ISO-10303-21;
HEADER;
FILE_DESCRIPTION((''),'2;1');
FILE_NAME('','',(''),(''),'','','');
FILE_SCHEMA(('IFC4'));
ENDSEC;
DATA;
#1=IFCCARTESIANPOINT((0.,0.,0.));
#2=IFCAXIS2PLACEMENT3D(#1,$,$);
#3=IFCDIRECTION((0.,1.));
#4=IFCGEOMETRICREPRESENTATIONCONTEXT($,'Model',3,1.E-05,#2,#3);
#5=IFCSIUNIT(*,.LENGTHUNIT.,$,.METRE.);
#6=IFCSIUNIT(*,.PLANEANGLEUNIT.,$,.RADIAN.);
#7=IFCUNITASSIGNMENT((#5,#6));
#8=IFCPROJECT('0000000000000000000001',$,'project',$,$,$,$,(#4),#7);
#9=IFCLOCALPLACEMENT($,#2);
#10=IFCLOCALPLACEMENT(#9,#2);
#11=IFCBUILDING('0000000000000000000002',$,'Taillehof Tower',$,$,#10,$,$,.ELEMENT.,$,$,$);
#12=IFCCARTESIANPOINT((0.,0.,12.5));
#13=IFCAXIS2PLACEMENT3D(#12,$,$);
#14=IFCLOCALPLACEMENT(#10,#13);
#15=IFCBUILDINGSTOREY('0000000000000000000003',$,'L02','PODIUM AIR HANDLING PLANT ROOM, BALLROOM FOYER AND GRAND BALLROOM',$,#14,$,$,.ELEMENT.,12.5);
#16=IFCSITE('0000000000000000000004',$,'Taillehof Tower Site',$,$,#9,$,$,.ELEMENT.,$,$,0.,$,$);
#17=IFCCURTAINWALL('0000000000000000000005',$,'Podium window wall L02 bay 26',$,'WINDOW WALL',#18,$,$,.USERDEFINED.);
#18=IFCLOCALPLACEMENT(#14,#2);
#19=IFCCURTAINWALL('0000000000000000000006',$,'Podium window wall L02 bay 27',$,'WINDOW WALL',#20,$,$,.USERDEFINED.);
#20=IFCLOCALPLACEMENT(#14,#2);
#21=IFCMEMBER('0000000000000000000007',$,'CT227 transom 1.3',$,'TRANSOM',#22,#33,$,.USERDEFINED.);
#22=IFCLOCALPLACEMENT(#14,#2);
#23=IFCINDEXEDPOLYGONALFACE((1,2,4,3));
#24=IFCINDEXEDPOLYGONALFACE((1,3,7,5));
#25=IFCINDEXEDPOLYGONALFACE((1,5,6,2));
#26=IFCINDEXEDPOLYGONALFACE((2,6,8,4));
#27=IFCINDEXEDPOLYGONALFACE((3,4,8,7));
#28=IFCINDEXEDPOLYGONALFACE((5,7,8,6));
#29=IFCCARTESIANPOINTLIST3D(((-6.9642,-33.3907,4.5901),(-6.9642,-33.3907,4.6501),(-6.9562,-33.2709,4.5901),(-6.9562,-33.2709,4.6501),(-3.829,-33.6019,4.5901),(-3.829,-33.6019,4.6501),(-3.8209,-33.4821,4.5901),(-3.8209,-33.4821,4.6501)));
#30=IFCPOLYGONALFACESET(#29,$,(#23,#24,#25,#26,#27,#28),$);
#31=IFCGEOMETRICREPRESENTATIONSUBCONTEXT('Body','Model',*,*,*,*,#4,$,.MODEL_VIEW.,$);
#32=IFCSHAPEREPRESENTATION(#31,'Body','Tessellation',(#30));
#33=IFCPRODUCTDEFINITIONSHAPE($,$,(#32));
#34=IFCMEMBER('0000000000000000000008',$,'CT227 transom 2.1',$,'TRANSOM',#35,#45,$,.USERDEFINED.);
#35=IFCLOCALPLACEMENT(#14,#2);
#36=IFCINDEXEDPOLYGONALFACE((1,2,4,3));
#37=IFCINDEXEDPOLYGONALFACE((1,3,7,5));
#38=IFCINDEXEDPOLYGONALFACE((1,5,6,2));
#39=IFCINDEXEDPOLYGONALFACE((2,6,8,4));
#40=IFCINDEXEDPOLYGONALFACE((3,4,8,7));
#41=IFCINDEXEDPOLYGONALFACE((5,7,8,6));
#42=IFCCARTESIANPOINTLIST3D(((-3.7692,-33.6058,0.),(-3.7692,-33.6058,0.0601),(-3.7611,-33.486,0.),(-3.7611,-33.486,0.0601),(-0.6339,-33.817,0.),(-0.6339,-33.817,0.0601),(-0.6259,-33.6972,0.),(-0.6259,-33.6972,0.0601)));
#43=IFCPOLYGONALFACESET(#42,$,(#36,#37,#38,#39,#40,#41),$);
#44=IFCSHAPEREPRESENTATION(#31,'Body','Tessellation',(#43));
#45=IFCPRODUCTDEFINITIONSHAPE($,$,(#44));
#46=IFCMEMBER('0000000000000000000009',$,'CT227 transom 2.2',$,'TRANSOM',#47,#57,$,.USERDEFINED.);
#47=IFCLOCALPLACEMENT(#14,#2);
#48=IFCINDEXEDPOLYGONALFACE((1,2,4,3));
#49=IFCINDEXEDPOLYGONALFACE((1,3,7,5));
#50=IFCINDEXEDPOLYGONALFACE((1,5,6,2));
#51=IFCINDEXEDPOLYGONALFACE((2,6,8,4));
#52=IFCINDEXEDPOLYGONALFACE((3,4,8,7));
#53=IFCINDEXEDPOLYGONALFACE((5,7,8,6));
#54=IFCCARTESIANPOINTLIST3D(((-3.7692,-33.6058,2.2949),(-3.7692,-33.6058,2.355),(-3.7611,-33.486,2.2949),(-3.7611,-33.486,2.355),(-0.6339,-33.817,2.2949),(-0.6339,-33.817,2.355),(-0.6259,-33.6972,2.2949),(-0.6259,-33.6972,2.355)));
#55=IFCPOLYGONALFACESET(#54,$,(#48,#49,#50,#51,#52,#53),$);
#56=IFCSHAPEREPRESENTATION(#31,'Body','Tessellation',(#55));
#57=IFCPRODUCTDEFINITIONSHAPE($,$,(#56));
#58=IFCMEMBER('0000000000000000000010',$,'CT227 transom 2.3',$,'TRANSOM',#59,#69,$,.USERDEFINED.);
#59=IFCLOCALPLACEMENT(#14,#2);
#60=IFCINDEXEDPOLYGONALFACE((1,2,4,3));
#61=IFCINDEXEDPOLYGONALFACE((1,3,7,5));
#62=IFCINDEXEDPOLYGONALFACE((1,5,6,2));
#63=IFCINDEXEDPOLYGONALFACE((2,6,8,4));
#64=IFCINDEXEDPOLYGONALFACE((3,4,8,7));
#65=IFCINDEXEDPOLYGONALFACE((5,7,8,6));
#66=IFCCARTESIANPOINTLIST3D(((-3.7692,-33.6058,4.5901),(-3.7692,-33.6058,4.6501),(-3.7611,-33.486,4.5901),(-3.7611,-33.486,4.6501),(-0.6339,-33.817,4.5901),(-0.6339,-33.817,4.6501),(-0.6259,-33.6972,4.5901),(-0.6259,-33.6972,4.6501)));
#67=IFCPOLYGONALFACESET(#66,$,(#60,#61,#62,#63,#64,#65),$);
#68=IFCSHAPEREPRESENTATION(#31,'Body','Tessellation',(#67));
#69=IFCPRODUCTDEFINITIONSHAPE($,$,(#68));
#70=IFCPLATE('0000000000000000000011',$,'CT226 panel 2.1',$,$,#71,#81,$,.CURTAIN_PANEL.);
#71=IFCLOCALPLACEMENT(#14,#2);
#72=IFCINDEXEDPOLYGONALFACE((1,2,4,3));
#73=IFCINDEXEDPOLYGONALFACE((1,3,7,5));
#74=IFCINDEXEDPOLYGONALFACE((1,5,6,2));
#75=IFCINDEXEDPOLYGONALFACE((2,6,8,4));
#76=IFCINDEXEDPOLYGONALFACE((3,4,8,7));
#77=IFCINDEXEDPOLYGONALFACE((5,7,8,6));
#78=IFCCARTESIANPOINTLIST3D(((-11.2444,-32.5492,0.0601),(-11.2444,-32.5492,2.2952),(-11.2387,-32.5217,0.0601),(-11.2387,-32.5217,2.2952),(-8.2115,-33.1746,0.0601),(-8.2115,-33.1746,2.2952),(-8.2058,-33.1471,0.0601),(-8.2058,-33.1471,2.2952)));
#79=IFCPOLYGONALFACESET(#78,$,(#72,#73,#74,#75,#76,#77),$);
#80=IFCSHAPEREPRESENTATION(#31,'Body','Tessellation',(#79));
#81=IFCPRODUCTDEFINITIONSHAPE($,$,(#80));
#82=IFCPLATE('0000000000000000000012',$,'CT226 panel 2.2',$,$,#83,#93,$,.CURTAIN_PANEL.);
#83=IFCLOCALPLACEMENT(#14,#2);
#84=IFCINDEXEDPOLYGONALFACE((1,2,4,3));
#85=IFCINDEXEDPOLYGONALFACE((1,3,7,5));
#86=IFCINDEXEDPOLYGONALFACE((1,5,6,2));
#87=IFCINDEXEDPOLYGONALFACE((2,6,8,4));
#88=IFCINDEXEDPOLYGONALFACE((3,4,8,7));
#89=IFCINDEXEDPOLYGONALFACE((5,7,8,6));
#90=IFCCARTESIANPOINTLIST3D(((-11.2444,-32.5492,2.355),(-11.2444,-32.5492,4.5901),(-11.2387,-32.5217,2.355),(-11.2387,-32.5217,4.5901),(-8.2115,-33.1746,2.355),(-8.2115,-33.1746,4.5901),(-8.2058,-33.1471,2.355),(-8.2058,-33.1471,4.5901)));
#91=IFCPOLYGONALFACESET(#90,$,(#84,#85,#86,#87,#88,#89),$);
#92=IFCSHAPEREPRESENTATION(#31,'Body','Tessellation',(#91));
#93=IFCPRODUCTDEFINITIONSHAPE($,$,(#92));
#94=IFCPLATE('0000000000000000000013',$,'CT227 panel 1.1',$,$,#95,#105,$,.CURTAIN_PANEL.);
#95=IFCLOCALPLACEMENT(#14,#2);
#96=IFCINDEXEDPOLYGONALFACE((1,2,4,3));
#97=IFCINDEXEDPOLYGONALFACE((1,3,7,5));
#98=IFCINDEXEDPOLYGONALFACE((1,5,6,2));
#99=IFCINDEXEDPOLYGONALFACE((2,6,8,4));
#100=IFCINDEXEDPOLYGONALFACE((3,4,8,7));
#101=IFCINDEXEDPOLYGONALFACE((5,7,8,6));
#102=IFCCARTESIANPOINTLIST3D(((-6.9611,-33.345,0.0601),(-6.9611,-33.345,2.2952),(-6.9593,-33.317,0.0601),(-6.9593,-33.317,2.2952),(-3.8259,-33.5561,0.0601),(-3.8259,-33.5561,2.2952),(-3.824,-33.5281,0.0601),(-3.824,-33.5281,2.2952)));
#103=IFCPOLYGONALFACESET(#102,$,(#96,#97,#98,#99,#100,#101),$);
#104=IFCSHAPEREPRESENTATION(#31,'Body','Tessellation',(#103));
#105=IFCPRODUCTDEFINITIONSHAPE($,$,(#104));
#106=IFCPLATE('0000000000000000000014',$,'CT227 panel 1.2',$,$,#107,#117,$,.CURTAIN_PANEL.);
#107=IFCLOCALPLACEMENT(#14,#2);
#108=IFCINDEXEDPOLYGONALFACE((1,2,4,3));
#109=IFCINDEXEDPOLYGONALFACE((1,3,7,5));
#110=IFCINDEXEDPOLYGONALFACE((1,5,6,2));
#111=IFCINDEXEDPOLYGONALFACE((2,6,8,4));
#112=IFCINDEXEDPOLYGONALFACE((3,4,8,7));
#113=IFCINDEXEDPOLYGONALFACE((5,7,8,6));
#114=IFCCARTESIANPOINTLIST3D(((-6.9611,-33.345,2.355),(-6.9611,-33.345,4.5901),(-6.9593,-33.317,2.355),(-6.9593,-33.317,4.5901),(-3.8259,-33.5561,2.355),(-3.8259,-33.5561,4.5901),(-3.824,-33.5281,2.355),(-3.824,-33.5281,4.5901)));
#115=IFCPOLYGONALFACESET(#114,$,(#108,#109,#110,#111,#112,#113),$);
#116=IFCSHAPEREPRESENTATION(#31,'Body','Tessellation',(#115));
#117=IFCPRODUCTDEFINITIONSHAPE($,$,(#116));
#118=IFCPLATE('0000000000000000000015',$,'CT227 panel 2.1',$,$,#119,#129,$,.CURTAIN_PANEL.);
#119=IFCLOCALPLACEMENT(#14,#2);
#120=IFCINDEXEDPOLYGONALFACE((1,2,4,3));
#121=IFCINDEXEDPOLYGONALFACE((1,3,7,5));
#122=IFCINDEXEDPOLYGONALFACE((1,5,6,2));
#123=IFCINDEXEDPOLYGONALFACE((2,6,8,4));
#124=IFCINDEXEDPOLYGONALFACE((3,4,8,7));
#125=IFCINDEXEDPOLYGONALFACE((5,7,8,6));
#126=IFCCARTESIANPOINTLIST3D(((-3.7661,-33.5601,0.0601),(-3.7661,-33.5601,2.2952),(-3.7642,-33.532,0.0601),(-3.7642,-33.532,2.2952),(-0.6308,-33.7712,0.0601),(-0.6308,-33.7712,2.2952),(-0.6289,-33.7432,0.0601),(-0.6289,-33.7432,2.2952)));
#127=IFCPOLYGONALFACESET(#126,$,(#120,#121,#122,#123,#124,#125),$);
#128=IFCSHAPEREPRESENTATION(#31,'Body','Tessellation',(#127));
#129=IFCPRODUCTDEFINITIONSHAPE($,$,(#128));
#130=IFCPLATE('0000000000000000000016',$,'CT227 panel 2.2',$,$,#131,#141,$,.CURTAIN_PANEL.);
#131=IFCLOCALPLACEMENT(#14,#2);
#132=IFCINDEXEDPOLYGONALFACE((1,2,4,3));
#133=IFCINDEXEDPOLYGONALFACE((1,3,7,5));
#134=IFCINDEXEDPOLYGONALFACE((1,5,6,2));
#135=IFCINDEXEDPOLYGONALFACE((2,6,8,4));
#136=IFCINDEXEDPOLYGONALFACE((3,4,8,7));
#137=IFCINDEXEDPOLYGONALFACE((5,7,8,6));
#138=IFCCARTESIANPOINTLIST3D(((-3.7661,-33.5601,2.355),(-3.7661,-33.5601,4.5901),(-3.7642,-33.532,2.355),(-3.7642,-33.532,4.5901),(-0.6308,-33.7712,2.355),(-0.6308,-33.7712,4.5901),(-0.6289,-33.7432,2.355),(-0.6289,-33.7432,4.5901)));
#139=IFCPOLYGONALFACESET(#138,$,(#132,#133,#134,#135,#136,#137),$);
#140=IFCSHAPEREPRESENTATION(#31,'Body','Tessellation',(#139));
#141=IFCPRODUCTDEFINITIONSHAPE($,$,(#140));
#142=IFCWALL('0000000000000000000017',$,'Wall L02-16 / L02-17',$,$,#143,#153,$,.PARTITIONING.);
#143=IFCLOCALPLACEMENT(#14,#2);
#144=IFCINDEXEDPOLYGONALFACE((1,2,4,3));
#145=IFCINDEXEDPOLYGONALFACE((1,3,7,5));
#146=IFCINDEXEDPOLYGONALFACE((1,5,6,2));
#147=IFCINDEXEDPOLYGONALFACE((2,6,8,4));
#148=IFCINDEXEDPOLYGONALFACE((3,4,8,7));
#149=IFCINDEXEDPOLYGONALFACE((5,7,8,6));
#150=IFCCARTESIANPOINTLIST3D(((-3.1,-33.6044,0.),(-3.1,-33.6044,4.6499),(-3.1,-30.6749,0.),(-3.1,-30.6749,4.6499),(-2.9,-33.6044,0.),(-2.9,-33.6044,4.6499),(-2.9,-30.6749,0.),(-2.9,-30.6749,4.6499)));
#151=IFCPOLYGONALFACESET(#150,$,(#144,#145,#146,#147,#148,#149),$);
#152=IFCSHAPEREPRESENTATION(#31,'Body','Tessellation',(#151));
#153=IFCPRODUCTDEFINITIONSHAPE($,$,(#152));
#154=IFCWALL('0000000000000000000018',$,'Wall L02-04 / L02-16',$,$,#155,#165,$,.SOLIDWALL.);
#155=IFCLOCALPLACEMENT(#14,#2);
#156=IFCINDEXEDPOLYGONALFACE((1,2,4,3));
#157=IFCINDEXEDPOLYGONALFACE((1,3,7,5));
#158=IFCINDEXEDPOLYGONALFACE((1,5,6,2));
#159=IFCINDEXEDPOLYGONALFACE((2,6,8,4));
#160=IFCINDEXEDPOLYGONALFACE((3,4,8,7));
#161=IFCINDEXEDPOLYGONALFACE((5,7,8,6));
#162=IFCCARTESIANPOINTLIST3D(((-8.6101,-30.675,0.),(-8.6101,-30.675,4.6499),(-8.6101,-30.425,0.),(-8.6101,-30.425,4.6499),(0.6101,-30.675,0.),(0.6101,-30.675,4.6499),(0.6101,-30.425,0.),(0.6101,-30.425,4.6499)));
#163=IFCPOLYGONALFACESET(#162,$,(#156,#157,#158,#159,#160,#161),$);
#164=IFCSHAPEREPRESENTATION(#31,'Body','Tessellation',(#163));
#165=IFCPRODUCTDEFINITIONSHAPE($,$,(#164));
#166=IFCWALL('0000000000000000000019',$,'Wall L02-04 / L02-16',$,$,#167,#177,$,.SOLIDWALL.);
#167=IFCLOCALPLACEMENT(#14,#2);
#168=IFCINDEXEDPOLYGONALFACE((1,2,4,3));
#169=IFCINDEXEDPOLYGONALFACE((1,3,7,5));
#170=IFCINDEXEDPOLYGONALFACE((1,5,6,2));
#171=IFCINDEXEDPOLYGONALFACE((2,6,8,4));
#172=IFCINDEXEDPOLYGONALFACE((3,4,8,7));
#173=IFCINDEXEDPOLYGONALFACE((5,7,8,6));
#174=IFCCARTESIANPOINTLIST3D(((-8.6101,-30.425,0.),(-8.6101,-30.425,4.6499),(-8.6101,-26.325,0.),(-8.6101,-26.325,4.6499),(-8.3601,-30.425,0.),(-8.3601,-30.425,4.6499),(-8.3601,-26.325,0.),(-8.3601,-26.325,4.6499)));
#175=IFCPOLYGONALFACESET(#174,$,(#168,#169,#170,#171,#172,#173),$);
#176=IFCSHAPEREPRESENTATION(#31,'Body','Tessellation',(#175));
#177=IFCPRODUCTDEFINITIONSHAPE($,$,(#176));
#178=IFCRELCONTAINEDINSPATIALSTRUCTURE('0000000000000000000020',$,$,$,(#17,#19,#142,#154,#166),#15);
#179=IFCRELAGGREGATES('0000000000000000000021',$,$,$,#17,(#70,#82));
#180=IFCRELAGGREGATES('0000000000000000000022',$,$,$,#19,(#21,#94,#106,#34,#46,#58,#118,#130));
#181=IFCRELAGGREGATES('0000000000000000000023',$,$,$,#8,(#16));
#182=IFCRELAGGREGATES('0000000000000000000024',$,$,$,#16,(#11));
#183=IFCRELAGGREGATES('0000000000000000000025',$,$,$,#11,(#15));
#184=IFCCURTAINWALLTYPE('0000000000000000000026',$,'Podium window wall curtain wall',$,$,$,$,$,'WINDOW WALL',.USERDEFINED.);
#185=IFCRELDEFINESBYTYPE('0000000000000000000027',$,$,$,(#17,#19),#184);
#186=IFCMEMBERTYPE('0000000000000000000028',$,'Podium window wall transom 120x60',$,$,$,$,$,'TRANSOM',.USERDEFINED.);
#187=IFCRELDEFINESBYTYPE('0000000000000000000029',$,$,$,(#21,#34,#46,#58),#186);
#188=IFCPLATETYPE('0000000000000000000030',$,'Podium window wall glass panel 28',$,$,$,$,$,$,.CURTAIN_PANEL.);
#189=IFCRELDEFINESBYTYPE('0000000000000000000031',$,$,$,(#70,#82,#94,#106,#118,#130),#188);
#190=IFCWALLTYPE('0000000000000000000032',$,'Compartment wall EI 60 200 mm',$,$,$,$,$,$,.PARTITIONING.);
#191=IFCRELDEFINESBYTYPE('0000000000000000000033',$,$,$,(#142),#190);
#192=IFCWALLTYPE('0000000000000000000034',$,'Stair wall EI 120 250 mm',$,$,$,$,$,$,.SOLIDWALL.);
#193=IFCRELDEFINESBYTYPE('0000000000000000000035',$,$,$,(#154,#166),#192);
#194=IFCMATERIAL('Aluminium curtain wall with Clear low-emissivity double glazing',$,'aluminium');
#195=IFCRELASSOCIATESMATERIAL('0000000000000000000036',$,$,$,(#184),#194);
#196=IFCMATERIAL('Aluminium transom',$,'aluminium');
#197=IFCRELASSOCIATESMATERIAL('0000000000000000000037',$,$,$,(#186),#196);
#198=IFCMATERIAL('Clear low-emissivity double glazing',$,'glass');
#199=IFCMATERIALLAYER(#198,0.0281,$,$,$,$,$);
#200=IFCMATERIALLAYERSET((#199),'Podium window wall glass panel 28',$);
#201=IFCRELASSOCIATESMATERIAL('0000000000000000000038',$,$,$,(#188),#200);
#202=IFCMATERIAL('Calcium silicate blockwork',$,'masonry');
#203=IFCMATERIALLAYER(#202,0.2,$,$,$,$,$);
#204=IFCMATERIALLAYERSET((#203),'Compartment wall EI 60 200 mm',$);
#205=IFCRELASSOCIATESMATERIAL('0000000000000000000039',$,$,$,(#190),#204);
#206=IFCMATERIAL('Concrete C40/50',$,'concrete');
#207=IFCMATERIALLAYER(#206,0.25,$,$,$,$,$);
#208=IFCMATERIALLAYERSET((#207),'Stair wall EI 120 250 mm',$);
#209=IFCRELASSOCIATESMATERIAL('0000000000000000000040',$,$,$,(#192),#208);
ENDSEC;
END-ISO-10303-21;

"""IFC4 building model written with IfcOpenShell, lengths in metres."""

from ifc_helpers import new_model, si_unit, direction, frame, frame_2d, origin, origin_2d, place, context, subcontext, project, spatial, rectangle, extrude, material, layer, layer_set, material_profile, profile_set, type_object, element, aggregate, save


model = new_model("IFC4")

# Units and contexts
model_context = context("Model", 3, precision=1e-05, world=origin(), true_north=direction((0.0, 1.0)))
body_context = subcontext(model_context, "Body", "Model", "MODEL_VIEW")
ifc_project = project(units=[si_unit("LENGTHUNIT", "METRE"), si_unit("PLANEANGLEUNIT", "RADIAN")], contexts=[model_context])

# Site, building, storey
site_placement = place(None, origin())
site = spatial("IfcSite", under=ifc_project, at=site_placement, Name="Taillehof Tower Site", CompositionType="ELEMENT", RefElevation=0.0)
building_placement = place(site_placement, origin())
building = spatial("IfcBuilding", under=site, at=building_placement, Name="Taillehof Tower", CompositionType="ELEMENT")
storey_placement = place(building_placement, frame((0.0, 0.0, 12.5)))
storey = spatial("IfcBuildingStorey", under=building, at=storey_placement, Name="L02", Description="PODIUM AIR HANDLING PLANT ROOM, BALLROOM FOYER AND GRAND BALLROOM", CompositionType="ELEMENT", Elevation=12.5)

# Curtain wall
ifc_material_1 = material(Name="Aluminium curtain wall with Clear low-emissivity double glazing", Category="aluminium")
curtain_wall_type = type_object("IfcCurtainWallType", Name="Podium window wall curtain wall", ElementType="WINDOW WALL", PredefinedType="USERDEFINED", material=ifc_material_1)
curtain_wall_1_placement = place(storey_placement, origin())
curtain_wall_1 = element("IfcCurtainWall", 1, at=curtain_wall_1_placement, inside=storey, type_object=curtain_wall_type, Name="Podium window wall L02 bay 26", ObjectType="WINDOW WALL", PredefinedType="USERDEFINED")

# Curtain wall
curtain_wall_2_placement = place(storey_placement, origin())
curtain_wall_2 = element("IfcCurtainWall", 2, at=curtain_wall_2_placement, inside=storey, type_object=curtain_wall_type, Name="Podium window wall L02 bay 27", ObjectType="WINDOW WALL", PredefinedType="USERDEFINED")

# Members
ifc_material_2 = material(Name="Aluminium transom", Category="aluminium")
ifc_material_profile_1 = material_profile(ifc_material_2, rectangle(XDim=0.1201, YDim=0.0601, at=origin_2d()), Name="AL 120x60")
ifc_profile_set_1 = profile_set([ifc_material_profile_1], Name="Aluminium transom")
member_type_1 = type_object("IfcMemberType", Name="Podium window wall transom 120x60", ElementType="TRANSOM", PredefinedType="USERDEFINED", material=ifc_profile_set_1)
member_1_placement = place(storey_placement, frame((-6.9602, -33.3308, 4.6201), z_axis=(0.997739, -0.067205, 0.0), x_axis=(0.067205, 0.997739, 0.0)))
member_1 = element("IfcMember", 3, at=member_1_placement, type_object=member_type_1, Name="CT227 transom 1.3", ObjectType="TRANSOM", PredefinedType="USERDEFINED", context=body_context, shape_type="SweptSolid", body=[
    extrude(rectangle(XDim=0.1201, YDim=0.0601, at=origin_2d()), origin(), (0.0, 0.0, 1.0), 3.1423),
])
member_2_placement = place(storey_placement, frame((-3.7651, -33.5459, 0.03), z_axis=(0.997739, -0.067205, 0.0), x_axis=(0.067205, 0.997739, 0.0)))
member_2 = element("IfcMember", 4, at=member_2_placement, type_object=member_type_1, Name="CT227 transom 2.1", ObjectType="TRANSOM", PredefinedType="USERDEFINED", context=body_context, shape_type="SweptSolid", body=[
    extrude(rectangle(XDim=0.1201, YDim=0.0601, at=origin_2d()), origin(), (0.0, 0.0, 1.0), 3.1423),
])
member_3_placement = place(storey_placement, frame((-3.7651, -33.5459, 2.325), z_axis=(0.997739, -0.067205, 0.0), x_axis=(0.067205, 0.997739, 0.0)))
member_3 = element("IfcMember", 5, at=member_3_placement, type_object=member_type_1, Name="CT227 transom 2.2", ObjectType="TRANSOM", PredefinedType="USERDEFINED", context=body_context, shape_type="SweptSolid", body=[
    extrude(rectangle(XDim=0.1201, YDim=0.0601, at=origin_2d()), origin(), (0.0, 0.0, 1.0), 3.1423),
])
member_4_placement = place(storey_placement, frame((-3.7651, -33.5459, 4.6201), z_axis=(0.997739, -0.067205, 0.0), x_axis=(0.067205, 0.997739, 0.0)))
member_4 = element("IfcMember", 6, at=member_4_placement, type_object=member_type_1, Name="CT227 transom 2.3", ObjectType="TRANSOM", PredefinedType="USERDEFINED", context=body_context, shape_type="SweptSolid", body=[
    extrude(rectangle(XDim=0.1201, YDim=0.0601, at=origin_2d()), origin(), (0.0, 0.0, 1.0), 3.1423),
])

# Plates
ifc_material_3 = material(Name="Clear low-emissivity double glazing", Category="glass")
ifc_layer_1 = layer(ifc_material_3, 0.0281)
ifc_layer_set_1 = layer_set([ifc_layer_1], Name="Podium window wall glass panel 28")
plate_type = type_object("IfcPlateType", Name="Podium window wall glass panel 28", PredefinedType="CURTAIN_PANEL", material=ifc_layer_set_1)
plate_1_placement = place(storey_placement, frame((-9.7251, -32.8481, 0.0601), z_axis=(0.0, 0.0, 1.0), x_axis=(0.97939, -0.201976, 0.0)))
plate_1 = element("IfcPlate", 7, at=plate_1_placement, type_object=plate_type, Name="CT226 panel 2.1", PredefinedType="CURTAIN_PANEL", context=body_context, shape_type="SweptSolid", body=[
    extrude(rectangle(XDim=3.0967, YDim=0.0281, at=origin_2d()), origin(), (0.0, 0.0, 1.0), 2.2351),
])
plate_2_placement = place(storey_placement, frame((-9.7251, -32.8481, 2.355), z_axis=(0.0, 0.0, 1.0), x_axis=(0.97939, -0.201976, 0.0)))
plate_2 = element("IfcPlate", 8, at=plate_2_placement, type_object=plate_type, Name="CT226 panel 2.2", PredefinedType="CURTAIN_PANEL", context=body_context, shape_type="SweptSolid", body=[
    extrude(rectangle(XDim=3.0967, YDim=0.0281, at=origin_2d()), origin(), (0.0, 0.0, 1.0), 2.2351),
])
aggregate(curtain_wall_1, [plate_1, plate_2])
plate_3_placement = place(storey_placement, frame((-5.3926, -33.4365, 0.0601), z_axis=(0.0, 0.0, 1.0), x_axis=(0.997741, -0.067183, 0.0)))
plate_3 = element("IfcPlate", 9, at=plate_3_placement, type_object=plate_type, Name="CT227 panel 1.1", PredefinedType="CURTAIN_PANEL", context=body_context, shape_type="SweptSolid", body=[
    extrude(rectangle(XDim=3.1423, YDim=0.0281, at=origin_2d()), origin(), (0.0, 0.0, 1.0), 2.2351),
])
plate_4_placement = place(storey_placement, frame((-5.3926, -33.4365, 2.355), z_axis=(0.0, 0.0, 1.0), x_axis=(0.997741, -0.067183, 0.0)))
plate_4 = element("IfcPlate", 10, at=plate_4_placement, type_object=plate_type, Name="CT227 panel 1.2", PredefinedType="CURTAIN_PANEL", context=body_context, shape_type="SweptSolid", body=[
    extrude(rectangle(XDim=3.1423, YDim=0.0281, at=origin_2d()), origin(), (0.0, 0.0, 1.0), 2.2351),
])
plate_5_placement = place(storey_placement, frame((-2.1975, -33.6516, 0.0601), z_axis=(0.0, 0.0, 1.0), x_axis=(0.997741, -0.067183, 0.0)))
plate_5 = element("IfcPlate", 11, at=plate_5_placement, type_object=plate_type, Name="CT227 panel 2.1", PredefinedType="CURTAIN_PANEL", context=body_context, shape_type="SweptSolid", body=[
    extrude(rectangle(XDim=3.1423, YDim=0.0281, at=origin_2d()), origin(), (0.0, 0.0, 1.0), 2.2351),
])
plate_6_placement = place(storey_placement, frame((-2.1975, -33.6516, 2.355), z_axis=(0.0, 0.0, 1.0), x_axis=(0.997741, -0.067183, 0.0)))
plate_6 = element("IfcPlate", 12, at=plate_6_placement, type_object=plate_type, Name="CT227 panel 2.2", PredefinedType="CURTAIN_PANEL", context=body_context, shape_type="SweptSolid", body=[
    extrude(rectangle(XDim=3.1423, YDim=0.0281, at=origin_2d()), origin(), (0.0, 0.0, 1.0), 2.2351),
])
aggregate(curtain_wall_2, [member_1, plate_3, plate_4, member_2, member_3, member_4, plate_5, plate_6])

# Walls
ifc_material_4 = material(Name="Calcium silicate blockwork", Category="masonry")
ifc_layer_2 = layer(ifc_material_4, 0.2)
ifc_layer_set_2 = layer_set([ifc_layer_2], Name="Compartment wall EI 60 200 mm")
wall_type_1 = type_object("IfcWallType", Name="Compartment wall EI 60 200 mm", PredefinedType="PARTITIONING", material=ifc_layer_set_2)
wall_1_placement = place(storey_placement, frame((-3.0, -33.6045, 0.0), z_axis=(0.0, 0.0, 1.0), x_axis=(0.0, 1.0, 0.0)))
element("IfcWall", 13, at=wall_1_placement, inside=storey, type_object=wall_type_1, Name="Wall L02-16 / L02-17", PredefinedType="PARTITIONING", context=body_context, shape_type="SweptSolid", body=[
    extrude(rectangle(XDim=2.9294, YDim=0.2, at=frame_2d((1.4648, 0.0))), origin(), (0.0, 0.0, 1.0), 4.6499),
])
ifc_material_5 = material(Name="Concrete C40/50", Category="concrete")
ifc_layer_3 = layer(ifc_material_5, 0.25)
ifc_layer_set_3 = layer_set([ifc_layer_3], Name="Stair wall EI 120 250 mm")
wall_type_2 = type_object("IfcWallType", Name="Stair wall EI 120 250 mm", PredefinedType="SOLIDWALL", material=ifc_layer_set_3)
wall_2_placement = place(storey_placement, frame((-8.6101, -30.55, 0.0), z_axis=(0.0, 0.0, 1.0), x_axis=(1.0, 0.0, 0.0)))
element("IfcWall", 14, at=wall_2_placement, inside=storey, type_object=wall_type_2, Name="Wall L02-04 / L02-16", PredefinedType="SOLIDWALL", context=body_context, shape_type="SweptSolid", body=[
    extrude(rectangle(XDim=9.2202, YDim=0.25, at=frame_2d((4.6101, 0.0))), origin(), (0.0, 0.0, 1.0), 4.6499),
])
wall_3_placement = place(storey_placement, frame((-8.4851, -30.425, 0.0), z_axis=(0.0, 0.0, 1.0), x_axis=(0.0, 1.0, 0.0)))
element("IfcWall", 15, at=wall_3_placement, inside=storey, type_object=wall_type_2, Name="Wall L02-04 / L02-16", PredefinedType="SOLIDWALL", context=body_context, shape_type="SweptSolid", body=[
    extrude(rectangle(XDim=4.1001, YDim=0.25, at=frame_2d((2.05, 0.0))), origin(), (0.0, 0.0, 1.0), 4.6499),
])

save(model, "model.ifc")
